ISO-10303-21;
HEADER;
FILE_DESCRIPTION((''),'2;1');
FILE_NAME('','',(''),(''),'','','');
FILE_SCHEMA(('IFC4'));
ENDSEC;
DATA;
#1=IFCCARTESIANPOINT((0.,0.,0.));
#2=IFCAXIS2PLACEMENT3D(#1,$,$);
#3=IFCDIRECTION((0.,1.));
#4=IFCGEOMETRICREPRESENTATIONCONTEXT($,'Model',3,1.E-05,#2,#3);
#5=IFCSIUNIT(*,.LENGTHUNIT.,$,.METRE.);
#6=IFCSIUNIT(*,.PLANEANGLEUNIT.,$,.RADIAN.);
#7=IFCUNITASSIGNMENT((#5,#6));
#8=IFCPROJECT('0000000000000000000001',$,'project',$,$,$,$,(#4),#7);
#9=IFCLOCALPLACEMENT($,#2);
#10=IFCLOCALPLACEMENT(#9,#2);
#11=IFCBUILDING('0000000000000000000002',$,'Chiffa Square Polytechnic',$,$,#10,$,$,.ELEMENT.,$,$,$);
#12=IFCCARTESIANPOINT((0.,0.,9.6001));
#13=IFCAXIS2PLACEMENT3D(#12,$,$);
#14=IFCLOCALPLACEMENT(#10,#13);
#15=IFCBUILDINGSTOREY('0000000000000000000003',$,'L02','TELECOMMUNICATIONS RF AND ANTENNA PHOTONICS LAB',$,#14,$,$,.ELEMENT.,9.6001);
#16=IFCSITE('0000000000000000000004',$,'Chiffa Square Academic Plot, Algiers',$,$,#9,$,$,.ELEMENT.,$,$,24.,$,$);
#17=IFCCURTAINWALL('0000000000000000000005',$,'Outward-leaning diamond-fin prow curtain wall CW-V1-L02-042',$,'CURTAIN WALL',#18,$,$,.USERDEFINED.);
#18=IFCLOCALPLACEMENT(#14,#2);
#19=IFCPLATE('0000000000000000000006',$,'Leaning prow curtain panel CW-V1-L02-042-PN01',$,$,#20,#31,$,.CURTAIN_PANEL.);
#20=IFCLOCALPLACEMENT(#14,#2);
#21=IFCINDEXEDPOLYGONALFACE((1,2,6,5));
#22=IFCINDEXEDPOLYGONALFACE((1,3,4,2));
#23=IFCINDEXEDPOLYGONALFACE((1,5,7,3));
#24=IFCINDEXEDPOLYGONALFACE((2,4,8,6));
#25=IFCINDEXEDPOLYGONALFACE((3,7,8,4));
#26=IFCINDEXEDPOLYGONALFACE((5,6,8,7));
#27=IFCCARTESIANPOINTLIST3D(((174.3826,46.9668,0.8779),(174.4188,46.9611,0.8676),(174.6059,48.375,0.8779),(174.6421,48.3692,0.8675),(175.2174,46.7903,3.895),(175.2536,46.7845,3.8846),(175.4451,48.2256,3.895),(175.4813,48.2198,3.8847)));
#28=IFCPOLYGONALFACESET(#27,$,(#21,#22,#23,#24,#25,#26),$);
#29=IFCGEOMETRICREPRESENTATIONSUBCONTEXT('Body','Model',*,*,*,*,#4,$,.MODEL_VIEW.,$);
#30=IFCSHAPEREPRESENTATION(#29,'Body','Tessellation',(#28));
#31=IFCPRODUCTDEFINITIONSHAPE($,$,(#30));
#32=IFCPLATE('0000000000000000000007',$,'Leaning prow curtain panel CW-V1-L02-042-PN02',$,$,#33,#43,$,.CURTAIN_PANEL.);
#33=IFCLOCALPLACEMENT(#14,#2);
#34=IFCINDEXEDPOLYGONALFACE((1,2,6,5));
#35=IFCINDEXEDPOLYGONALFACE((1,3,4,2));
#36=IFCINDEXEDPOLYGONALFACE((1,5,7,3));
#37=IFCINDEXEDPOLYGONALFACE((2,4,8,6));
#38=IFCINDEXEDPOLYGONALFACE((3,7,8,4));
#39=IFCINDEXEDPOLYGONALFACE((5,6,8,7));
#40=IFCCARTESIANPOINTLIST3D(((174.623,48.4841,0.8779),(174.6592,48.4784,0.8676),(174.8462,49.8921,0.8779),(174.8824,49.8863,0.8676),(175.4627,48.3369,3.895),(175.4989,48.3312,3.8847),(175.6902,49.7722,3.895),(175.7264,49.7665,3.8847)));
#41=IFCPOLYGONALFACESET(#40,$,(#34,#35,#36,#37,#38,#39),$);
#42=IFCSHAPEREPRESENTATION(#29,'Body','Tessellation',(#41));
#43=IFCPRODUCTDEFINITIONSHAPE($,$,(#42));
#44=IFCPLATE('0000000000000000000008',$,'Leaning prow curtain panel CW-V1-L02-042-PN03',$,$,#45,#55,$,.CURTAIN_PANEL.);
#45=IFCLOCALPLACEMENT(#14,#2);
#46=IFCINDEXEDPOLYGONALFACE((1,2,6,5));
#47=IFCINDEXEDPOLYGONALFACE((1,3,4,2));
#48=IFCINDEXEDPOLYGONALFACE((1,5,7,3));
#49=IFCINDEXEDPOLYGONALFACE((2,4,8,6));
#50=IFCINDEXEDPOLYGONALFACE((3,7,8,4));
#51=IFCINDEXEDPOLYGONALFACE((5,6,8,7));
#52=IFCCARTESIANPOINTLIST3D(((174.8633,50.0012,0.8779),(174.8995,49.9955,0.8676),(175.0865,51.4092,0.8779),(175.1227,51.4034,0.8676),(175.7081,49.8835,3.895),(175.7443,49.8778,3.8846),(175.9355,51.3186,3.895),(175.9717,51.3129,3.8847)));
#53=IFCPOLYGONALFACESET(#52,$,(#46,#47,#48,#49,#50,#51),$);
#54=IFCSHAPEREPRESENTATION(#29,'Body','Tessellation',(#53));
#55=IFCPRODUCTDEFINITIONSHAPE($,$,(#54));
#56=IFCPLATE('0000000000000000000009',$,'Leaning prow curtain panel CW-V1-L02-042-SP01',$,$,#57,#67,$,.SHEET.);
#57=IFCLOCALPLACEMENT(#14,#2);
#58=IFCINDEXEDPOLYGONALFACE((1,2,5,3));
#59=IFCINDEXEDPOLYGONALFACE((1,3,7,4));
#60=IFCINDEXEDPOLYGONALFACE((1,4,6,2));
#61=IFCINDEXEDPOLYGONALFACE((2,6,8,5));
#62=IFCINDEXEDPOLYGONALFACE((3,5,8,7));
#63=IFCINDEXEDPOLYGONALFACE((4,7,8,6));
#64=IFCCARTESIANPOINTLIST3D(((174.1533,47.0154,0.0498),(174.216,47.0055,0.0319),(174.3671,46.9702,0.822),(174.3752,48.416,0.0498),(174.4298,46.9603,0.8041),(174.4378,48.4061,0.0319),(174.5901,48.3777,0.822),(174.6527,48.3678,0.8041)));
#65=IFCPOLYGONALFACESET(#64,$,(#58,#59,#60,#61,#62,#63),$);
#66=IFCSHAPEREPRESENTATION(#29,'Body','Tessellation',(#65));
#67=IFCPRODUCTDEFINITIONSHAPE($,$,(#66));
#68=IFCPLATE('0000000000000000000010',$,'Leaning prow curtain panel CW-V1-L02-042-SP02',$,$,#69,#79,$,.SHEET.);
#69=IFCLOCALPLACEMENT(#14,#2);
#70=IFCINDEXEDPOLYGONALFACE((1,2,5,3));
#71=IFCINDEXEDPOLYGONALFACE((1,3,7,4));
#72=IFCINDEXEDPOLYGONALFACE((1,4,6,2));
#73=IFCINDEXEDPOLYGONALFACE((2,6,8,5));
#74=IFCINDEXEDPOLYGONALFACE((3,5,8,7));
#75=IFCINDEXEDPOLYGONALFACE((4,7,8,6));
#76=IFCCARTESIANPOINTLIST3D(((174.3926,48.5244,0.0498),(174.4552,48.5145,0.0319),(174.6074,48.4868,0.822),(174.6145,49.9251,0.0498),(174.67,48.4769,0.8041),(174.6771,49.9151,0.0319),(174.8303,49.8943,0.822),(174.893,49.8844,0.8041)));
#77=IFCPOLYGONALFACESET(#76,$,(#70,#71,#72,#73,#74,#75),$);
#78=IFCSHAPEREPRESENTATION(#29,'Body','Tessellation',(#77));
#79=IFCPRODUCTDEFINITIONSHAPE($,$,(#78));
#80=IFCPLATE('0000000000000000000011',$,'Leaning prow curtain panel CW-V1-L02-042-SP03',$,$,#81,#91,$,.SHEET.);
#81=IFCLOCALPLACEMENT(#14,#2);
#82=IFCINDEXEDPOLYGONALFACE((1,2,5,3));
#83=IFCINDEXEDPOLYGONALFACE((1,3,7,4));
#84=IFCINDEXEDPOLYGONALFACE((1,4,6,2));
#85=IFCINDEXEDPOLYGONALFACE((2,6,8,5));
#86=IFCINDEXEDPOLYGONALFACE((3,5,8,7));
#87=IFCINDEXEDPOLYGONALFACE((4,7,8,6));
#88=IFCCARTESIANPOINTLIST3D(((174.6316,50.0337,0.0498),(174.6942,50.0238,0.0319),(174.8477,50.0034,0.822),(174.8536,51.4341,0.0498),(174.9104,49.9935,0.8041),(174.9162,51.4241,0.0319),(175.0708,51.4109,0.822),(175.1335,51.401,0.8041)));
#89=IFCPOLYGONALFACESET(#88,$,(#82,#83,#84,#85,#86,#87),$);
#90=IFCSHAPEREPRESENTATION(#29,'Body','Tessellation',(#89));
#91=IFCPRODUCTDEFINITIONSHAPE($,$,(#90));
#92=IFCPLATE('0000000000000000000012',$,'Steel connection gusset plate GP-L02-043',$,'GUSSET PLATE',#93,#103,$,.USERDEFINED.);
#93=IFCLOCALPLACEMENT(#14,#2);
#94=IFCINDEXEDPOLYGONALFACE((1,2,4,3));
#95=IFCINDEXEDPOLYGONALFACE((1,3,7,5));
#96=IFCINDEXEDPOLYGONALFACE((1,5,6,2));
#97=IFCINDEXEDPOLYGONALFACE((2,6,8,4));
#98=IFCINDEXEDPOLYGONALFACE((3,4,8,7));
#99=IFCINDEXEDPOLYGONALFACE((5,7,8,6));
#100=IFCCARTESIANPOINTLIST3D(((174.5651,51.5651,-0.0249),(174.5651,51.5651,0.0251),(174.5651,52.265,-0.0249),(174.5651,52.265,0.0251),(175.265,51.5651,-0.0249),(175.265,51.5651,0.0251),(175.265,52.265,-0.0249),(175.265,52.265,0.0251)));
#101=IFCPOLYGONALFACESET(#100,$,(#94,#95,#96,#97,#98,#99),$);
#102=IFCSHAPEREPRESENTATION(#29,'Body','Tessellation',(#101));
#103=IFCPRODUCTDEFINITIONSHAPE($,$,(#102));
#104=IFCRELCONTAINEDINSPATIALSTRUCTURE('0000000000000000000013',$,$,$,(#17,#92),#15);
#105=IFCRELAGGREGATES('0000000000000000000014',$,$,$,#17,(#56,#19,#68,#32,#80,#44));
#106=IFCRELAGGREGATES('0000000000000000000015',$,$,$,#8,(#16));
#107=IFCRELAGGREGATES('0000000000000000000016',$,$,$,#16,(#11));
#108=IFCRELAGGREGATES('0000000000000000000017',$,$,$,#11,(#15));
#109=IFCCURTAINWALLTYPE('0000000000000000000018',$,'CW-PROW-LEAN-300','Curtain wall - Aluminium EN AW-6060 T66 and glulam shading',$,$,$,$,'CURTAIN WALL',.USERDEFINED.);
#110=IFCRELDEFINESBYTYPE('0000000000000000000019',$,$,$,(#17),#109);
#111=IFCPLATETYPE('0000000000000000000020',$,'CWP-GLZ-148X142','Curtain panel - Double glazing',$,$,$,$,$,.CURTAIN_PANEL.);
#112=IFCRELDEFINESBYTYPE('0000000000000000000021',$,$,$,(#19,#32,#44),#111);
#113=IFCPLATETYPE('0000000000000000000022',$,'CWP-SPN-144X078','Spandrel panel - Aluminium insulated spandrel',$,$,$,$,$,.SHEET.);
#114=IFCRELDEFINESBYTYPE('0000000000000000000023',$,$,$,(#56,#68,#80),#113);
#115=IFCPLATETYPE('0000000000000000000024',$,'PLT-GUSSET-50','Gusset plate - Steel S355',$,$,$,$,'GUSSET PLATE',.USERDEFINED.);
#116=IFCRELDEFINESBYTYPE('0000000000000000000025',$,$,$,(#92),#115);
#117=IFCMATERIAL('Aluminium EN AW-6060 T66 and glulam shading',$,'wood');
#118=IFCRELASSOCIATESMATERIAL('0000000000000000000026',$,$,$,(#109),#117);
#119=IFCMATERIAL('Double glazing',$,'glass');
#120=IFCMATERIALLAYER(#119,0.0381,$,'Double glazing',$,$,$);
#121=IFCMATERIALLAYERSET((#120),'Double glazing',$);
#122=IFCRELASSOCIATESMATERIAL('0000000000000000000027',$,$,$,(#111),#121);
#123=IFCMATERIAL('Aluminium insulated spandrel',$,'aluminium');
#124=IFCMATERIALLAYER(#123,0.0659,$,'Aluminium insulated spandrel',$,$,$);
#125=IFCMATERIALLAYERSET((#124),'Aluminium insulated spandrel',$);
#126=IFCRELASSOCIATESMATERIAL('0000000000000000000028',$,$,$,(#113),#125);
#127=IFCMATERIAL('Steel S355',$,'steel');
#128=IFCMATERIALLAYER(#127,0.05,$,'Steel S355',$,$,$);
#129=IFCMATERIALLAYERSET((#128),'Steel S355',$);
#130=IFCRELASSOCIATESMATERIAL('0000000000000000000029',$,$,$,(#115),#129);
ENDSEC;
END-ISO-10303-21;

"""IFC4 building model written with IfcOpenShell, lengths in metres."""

from ifc_helpers import new_model, si_unit, direction, frame, origin, origin_2d, place, context, subcontext, project, spatial, polyline, rectangle, outline, extrude, material, layer, layer_set, type_object, element, aggregate, save


model = new_model("IFC4")

# Units and contexts
model_context = context("Model", 3, precision=1e-05, world=origin(), true_north=direction((0.0, 1.0)))
body_context = subcontext(model_context, "Body", "Model", "MODEL_VIEW")
ifc_project = project(units=[si_unit("LENGTHUNIT", "METRE"), si_unit("PLANEANGLEUNIT", "RADIAN")], contexts=[model_context])

# Site, building, storey
site_placement = place(None, origin())
site = spatial("IfcSite", under=ifc_project, at=site_placement, Name="Chiffa Square Academic Plot, Algiers", CompositionType="ELEMENT", RefElevation=24.0)
building_placement = place(site_placement, origin())
building = spatial("IfcBuilding", under=site, at=building_placement, Name="Chiffa Square Polytechnic", CompositionType="ELEMENT")
storey_placement = place(building_placement, frame((0.0, 0.0, 9.6001)))
storey = spatial("IfcBuildingStorey", under=building, at=storey_placement, Name="L02", Description="TELECOMMUNICATIONS RF AND ANTENNA PHOTONICS LAB", CompositionType="ELEMENT", Elevation=9.6001)

# Curtain wall
ifc_material_1 = material(Name="Aluminium EN AW-6060 T66 and glulam shading", Category="wood")
curtain_wall_type_1 = type_object("IfcCurtainWallType", Name="CW-PROW-LEAN-300", Description="Curtain wall - Aluminium EN AW-6060 T66 and glulam shading", ElementType="CURTAIN WALL", PredefinedType="USERDEFINED", material=ifc_material_1)
curtain_wall_1_placement = place(storey_placement, origin())
curtain_wall_1 = element("IfcCurtainWall", 1, at=curtain_wall_1_placement, inside=storey, type_object=curtain_wall_type_1, Name="Outward-leaning diamond-fin prow curtain wall CW-V1-L02-042", ObjectType="CURTAIN WALL", PredefinedType="USERDEFINED")

# Shared definitions
ifc_material_2 = material(Name="Steel S355", Category="steel")

# Plates
ifc_material_3 = material(Name="Double glazing", Category="glass")
ifc_layer_1 = layer(ifc_material_3, 0.0381, Name="Double glazing")
ifc_layer_set_1 = layer_set([ifc_layer_1], Name="Double glazing")
plate_type_1 = type_object("IfcPlateType", Name="CWP-GLZ-148X142", Description="Curtain panel - Double glazing", PredefinedType="CURTAIN_PANEL", material=ifc_layer_set_1)
plate_1_placement = place(storey_placement, frame((174.3826, 46.9668, 0.8779), z_axis=(-0.950468, 0.150727, 0.271831), x_axis=(0.156616, 0.98766, -0.000031)))
plate_1 = element("IfcPlate", 2, at=plate_1_placement, type_object=plate_type_1, Name="Leaning prow curtain panel CW-V1-L02-042-PN01", PredefinedType="CURTAIN_PANEL", context=body_context, shape_type="SweptSolid", body=[
    extrude(outline(polyline([(0.0, 0.0), (1.4258, 0.0), (1.4096, -3.1352), (-0.0437, -3.1351), (0.0, 0.0)])), origin(), (0.0, 0.0, -1.0), 0.0381),
])
plate_2_placement = place(storey_placement, frame((174.623, 48.4841, 0.8779), z_axis=(-0.950471, 0.150659, 0.271859), x_axis=(0.156553, 0.98767, -0.000005)))
plate_2 = element("IfcPlate", 3, at=plate_2_placement, type_object=plate_type_1, Name="Leaning prow curtain panel CW-V1-L02-042-PN02", PredefinedType="CURTAIN_PANEL", context=body_context, shape_type="SweptSolid", body=[
    extrude(outline(polyline([(0.0, 0.0), (1.4255, 0.0), (1.4393, -3.1352), (-0.014, -3.1352), (0.0, 0.0)])), origin(), (0.0, 0.0, -1.0), 0.0381),
])
plate_3_placement = place(storey_placement, frame((174.8633, 50.0012, 0.8779), z_axis=(-0.950431, 0.150665, 0.271994), x_axis=(0.156565, 0.987668, -0.000009)))
plate_3 = element("IfcPlate", 4, at=plate_3_placement, type_object=plate_type_1, Name="Leaning prow curtain panel CW-V1-L02-042-PN03", PredefinedType="CURTAIN_PANEL", context=body_context, shape_type="SweptSolid", body=[
    extrude(outline(polyline([(0.0, 0.0), (1.4255, 0.0), (1.469, -3.1353), (0.016, -3.1353), (0.0, 0.0)])), origin(), (0.0, 0.0, -1.0), 0.0381),
])
ifc_material_4 = material(Name="Aluminium insulated spandrel", Category="aluminium")
ifc_layer_2 = layer(ifc_material_4, 0.0659, Name="Aluminium insulated spandrel")
ifc_layer_set_2 = layer_set([ifc_layer_2], Name="Aluminium insulated spandrel")
plate_type_2 = type_object("IfcPlateType", Name="CWP-SPN-144X078", Description="Spandrel panel - Aluminium insulated spandrel", PredefinedType="SHEET", material=ifc_layer_set_2)
plate_4_placement = place(storey_placement, frame((174.1533, 47.0154, 0.0498), z_axis=(-0.950454, 0.150559, 0.271971), x_axis=(0.156459, 0.987684, 0.00001)))
plate_4 = element("IfcPlate", 5, at=plate_4_placement, type_object=plate_type_2, Name="Leaning prow curtain panel CW-V1-L02-042-SP01", PredefinedType="SHEET", context=body_context, shape_type="SweptSolid", body=[
    extrude(outline(polyline([(0.0, 0.0), (1.4181, 0.0), (1.4139, -0.8025), (-0.0111, -0.8025), (0.0, 0.0)])), origin(), (0.0, 0.0, -1.0), 0.0659),
])
plate_5_placement = place(storey_placement, frame((174.3926, 48.5244, 0.0498), z_axis=(-0.950525, 0.15057, 0.271718), x_axis=(0.156459, 0.987684, 0.00001)))
plate_5 = element("IfcPlate", 6, at=plate_5_placement, type_object=plate_type_2, Name="Leaning prow curtain panel CW-V1-L02-042-SP02", PredefinedType="SHEET", context=body_context, shape_type="SweptSolid", body=[
    extrude(outline(polyline([(0.0, 0.0), (1.4181, 0.0), (1.4215, -0.8024), (-0.0035, -0.8024), (0.0, 0.0)])), origin(), (0.0, 0.0, -1.0), 0.0659),
])
plate_6_placement = place(storey_placement, frame((174.6316, 50.0337, 0.0498), z_axis=(-0.950459, 0.150655, 0.271903), x_axis=(0.156551, 0.98767, -0.000009)))
plate_6 = element("IfcPlate", 7, at=plate_6_placement, type_object=plate_type_2, Name="Leaning prow curtain panel CW-V1-L02-042-SP03", PredefinedType="SHEET", context=body_context, shape_type="SweptSolid", body=[
    extrude(outline(polyline([(0.0, 0.0), (1.4179, 0.0), (1.429, -0.8025), (0.0039, -0.8024), (0.0, 0.0)])), origin(), (0.0, 0.0, -1.0), 0.0659),
])
aggregate(curtain_wall_1, [plate_4, plate_1, plate_5, plate_2, plate_6, plate_3])
ifc_layer_3 = layer(ifc_material_2, 0.05, Name="Steel S355")
ifc_layer_set_3 = layer_set([ifc_layer_3], Name="Steel S355")
plate_type_3 = type_object("IfcPlateType", Name="PLT-GUSSET-50", Description="Gusset plate - Steel S355", ElementType="GUSSET PLATE", PredefinedType="USERDEFINED", material=ifc_layer_set_3)
plate_7_placement = place(storey_placement, frame((174.915, 51.915, -0.0249), z_axis=(0.0, 0.0, 1.0), x_axis=(1.0, 0.0, 0.0)))
element("IfcPlate", 8, at=plate_7_placement, inside=storey, type_object=plate_type_3, Name="Steel connection gusset plate GP-L02-043", ObjectType="GUSSET PLATE", PredefinedType="USERDEFINED", context=body_context, shape_type="SweptSolid", body=[
    extrude(rectangle(XDim=0.7, YDim=0.7, at=origin_2d()), origin(), (0.0, 0.0, 1.0), 0.05),
])

save(model, "model.ifc")
